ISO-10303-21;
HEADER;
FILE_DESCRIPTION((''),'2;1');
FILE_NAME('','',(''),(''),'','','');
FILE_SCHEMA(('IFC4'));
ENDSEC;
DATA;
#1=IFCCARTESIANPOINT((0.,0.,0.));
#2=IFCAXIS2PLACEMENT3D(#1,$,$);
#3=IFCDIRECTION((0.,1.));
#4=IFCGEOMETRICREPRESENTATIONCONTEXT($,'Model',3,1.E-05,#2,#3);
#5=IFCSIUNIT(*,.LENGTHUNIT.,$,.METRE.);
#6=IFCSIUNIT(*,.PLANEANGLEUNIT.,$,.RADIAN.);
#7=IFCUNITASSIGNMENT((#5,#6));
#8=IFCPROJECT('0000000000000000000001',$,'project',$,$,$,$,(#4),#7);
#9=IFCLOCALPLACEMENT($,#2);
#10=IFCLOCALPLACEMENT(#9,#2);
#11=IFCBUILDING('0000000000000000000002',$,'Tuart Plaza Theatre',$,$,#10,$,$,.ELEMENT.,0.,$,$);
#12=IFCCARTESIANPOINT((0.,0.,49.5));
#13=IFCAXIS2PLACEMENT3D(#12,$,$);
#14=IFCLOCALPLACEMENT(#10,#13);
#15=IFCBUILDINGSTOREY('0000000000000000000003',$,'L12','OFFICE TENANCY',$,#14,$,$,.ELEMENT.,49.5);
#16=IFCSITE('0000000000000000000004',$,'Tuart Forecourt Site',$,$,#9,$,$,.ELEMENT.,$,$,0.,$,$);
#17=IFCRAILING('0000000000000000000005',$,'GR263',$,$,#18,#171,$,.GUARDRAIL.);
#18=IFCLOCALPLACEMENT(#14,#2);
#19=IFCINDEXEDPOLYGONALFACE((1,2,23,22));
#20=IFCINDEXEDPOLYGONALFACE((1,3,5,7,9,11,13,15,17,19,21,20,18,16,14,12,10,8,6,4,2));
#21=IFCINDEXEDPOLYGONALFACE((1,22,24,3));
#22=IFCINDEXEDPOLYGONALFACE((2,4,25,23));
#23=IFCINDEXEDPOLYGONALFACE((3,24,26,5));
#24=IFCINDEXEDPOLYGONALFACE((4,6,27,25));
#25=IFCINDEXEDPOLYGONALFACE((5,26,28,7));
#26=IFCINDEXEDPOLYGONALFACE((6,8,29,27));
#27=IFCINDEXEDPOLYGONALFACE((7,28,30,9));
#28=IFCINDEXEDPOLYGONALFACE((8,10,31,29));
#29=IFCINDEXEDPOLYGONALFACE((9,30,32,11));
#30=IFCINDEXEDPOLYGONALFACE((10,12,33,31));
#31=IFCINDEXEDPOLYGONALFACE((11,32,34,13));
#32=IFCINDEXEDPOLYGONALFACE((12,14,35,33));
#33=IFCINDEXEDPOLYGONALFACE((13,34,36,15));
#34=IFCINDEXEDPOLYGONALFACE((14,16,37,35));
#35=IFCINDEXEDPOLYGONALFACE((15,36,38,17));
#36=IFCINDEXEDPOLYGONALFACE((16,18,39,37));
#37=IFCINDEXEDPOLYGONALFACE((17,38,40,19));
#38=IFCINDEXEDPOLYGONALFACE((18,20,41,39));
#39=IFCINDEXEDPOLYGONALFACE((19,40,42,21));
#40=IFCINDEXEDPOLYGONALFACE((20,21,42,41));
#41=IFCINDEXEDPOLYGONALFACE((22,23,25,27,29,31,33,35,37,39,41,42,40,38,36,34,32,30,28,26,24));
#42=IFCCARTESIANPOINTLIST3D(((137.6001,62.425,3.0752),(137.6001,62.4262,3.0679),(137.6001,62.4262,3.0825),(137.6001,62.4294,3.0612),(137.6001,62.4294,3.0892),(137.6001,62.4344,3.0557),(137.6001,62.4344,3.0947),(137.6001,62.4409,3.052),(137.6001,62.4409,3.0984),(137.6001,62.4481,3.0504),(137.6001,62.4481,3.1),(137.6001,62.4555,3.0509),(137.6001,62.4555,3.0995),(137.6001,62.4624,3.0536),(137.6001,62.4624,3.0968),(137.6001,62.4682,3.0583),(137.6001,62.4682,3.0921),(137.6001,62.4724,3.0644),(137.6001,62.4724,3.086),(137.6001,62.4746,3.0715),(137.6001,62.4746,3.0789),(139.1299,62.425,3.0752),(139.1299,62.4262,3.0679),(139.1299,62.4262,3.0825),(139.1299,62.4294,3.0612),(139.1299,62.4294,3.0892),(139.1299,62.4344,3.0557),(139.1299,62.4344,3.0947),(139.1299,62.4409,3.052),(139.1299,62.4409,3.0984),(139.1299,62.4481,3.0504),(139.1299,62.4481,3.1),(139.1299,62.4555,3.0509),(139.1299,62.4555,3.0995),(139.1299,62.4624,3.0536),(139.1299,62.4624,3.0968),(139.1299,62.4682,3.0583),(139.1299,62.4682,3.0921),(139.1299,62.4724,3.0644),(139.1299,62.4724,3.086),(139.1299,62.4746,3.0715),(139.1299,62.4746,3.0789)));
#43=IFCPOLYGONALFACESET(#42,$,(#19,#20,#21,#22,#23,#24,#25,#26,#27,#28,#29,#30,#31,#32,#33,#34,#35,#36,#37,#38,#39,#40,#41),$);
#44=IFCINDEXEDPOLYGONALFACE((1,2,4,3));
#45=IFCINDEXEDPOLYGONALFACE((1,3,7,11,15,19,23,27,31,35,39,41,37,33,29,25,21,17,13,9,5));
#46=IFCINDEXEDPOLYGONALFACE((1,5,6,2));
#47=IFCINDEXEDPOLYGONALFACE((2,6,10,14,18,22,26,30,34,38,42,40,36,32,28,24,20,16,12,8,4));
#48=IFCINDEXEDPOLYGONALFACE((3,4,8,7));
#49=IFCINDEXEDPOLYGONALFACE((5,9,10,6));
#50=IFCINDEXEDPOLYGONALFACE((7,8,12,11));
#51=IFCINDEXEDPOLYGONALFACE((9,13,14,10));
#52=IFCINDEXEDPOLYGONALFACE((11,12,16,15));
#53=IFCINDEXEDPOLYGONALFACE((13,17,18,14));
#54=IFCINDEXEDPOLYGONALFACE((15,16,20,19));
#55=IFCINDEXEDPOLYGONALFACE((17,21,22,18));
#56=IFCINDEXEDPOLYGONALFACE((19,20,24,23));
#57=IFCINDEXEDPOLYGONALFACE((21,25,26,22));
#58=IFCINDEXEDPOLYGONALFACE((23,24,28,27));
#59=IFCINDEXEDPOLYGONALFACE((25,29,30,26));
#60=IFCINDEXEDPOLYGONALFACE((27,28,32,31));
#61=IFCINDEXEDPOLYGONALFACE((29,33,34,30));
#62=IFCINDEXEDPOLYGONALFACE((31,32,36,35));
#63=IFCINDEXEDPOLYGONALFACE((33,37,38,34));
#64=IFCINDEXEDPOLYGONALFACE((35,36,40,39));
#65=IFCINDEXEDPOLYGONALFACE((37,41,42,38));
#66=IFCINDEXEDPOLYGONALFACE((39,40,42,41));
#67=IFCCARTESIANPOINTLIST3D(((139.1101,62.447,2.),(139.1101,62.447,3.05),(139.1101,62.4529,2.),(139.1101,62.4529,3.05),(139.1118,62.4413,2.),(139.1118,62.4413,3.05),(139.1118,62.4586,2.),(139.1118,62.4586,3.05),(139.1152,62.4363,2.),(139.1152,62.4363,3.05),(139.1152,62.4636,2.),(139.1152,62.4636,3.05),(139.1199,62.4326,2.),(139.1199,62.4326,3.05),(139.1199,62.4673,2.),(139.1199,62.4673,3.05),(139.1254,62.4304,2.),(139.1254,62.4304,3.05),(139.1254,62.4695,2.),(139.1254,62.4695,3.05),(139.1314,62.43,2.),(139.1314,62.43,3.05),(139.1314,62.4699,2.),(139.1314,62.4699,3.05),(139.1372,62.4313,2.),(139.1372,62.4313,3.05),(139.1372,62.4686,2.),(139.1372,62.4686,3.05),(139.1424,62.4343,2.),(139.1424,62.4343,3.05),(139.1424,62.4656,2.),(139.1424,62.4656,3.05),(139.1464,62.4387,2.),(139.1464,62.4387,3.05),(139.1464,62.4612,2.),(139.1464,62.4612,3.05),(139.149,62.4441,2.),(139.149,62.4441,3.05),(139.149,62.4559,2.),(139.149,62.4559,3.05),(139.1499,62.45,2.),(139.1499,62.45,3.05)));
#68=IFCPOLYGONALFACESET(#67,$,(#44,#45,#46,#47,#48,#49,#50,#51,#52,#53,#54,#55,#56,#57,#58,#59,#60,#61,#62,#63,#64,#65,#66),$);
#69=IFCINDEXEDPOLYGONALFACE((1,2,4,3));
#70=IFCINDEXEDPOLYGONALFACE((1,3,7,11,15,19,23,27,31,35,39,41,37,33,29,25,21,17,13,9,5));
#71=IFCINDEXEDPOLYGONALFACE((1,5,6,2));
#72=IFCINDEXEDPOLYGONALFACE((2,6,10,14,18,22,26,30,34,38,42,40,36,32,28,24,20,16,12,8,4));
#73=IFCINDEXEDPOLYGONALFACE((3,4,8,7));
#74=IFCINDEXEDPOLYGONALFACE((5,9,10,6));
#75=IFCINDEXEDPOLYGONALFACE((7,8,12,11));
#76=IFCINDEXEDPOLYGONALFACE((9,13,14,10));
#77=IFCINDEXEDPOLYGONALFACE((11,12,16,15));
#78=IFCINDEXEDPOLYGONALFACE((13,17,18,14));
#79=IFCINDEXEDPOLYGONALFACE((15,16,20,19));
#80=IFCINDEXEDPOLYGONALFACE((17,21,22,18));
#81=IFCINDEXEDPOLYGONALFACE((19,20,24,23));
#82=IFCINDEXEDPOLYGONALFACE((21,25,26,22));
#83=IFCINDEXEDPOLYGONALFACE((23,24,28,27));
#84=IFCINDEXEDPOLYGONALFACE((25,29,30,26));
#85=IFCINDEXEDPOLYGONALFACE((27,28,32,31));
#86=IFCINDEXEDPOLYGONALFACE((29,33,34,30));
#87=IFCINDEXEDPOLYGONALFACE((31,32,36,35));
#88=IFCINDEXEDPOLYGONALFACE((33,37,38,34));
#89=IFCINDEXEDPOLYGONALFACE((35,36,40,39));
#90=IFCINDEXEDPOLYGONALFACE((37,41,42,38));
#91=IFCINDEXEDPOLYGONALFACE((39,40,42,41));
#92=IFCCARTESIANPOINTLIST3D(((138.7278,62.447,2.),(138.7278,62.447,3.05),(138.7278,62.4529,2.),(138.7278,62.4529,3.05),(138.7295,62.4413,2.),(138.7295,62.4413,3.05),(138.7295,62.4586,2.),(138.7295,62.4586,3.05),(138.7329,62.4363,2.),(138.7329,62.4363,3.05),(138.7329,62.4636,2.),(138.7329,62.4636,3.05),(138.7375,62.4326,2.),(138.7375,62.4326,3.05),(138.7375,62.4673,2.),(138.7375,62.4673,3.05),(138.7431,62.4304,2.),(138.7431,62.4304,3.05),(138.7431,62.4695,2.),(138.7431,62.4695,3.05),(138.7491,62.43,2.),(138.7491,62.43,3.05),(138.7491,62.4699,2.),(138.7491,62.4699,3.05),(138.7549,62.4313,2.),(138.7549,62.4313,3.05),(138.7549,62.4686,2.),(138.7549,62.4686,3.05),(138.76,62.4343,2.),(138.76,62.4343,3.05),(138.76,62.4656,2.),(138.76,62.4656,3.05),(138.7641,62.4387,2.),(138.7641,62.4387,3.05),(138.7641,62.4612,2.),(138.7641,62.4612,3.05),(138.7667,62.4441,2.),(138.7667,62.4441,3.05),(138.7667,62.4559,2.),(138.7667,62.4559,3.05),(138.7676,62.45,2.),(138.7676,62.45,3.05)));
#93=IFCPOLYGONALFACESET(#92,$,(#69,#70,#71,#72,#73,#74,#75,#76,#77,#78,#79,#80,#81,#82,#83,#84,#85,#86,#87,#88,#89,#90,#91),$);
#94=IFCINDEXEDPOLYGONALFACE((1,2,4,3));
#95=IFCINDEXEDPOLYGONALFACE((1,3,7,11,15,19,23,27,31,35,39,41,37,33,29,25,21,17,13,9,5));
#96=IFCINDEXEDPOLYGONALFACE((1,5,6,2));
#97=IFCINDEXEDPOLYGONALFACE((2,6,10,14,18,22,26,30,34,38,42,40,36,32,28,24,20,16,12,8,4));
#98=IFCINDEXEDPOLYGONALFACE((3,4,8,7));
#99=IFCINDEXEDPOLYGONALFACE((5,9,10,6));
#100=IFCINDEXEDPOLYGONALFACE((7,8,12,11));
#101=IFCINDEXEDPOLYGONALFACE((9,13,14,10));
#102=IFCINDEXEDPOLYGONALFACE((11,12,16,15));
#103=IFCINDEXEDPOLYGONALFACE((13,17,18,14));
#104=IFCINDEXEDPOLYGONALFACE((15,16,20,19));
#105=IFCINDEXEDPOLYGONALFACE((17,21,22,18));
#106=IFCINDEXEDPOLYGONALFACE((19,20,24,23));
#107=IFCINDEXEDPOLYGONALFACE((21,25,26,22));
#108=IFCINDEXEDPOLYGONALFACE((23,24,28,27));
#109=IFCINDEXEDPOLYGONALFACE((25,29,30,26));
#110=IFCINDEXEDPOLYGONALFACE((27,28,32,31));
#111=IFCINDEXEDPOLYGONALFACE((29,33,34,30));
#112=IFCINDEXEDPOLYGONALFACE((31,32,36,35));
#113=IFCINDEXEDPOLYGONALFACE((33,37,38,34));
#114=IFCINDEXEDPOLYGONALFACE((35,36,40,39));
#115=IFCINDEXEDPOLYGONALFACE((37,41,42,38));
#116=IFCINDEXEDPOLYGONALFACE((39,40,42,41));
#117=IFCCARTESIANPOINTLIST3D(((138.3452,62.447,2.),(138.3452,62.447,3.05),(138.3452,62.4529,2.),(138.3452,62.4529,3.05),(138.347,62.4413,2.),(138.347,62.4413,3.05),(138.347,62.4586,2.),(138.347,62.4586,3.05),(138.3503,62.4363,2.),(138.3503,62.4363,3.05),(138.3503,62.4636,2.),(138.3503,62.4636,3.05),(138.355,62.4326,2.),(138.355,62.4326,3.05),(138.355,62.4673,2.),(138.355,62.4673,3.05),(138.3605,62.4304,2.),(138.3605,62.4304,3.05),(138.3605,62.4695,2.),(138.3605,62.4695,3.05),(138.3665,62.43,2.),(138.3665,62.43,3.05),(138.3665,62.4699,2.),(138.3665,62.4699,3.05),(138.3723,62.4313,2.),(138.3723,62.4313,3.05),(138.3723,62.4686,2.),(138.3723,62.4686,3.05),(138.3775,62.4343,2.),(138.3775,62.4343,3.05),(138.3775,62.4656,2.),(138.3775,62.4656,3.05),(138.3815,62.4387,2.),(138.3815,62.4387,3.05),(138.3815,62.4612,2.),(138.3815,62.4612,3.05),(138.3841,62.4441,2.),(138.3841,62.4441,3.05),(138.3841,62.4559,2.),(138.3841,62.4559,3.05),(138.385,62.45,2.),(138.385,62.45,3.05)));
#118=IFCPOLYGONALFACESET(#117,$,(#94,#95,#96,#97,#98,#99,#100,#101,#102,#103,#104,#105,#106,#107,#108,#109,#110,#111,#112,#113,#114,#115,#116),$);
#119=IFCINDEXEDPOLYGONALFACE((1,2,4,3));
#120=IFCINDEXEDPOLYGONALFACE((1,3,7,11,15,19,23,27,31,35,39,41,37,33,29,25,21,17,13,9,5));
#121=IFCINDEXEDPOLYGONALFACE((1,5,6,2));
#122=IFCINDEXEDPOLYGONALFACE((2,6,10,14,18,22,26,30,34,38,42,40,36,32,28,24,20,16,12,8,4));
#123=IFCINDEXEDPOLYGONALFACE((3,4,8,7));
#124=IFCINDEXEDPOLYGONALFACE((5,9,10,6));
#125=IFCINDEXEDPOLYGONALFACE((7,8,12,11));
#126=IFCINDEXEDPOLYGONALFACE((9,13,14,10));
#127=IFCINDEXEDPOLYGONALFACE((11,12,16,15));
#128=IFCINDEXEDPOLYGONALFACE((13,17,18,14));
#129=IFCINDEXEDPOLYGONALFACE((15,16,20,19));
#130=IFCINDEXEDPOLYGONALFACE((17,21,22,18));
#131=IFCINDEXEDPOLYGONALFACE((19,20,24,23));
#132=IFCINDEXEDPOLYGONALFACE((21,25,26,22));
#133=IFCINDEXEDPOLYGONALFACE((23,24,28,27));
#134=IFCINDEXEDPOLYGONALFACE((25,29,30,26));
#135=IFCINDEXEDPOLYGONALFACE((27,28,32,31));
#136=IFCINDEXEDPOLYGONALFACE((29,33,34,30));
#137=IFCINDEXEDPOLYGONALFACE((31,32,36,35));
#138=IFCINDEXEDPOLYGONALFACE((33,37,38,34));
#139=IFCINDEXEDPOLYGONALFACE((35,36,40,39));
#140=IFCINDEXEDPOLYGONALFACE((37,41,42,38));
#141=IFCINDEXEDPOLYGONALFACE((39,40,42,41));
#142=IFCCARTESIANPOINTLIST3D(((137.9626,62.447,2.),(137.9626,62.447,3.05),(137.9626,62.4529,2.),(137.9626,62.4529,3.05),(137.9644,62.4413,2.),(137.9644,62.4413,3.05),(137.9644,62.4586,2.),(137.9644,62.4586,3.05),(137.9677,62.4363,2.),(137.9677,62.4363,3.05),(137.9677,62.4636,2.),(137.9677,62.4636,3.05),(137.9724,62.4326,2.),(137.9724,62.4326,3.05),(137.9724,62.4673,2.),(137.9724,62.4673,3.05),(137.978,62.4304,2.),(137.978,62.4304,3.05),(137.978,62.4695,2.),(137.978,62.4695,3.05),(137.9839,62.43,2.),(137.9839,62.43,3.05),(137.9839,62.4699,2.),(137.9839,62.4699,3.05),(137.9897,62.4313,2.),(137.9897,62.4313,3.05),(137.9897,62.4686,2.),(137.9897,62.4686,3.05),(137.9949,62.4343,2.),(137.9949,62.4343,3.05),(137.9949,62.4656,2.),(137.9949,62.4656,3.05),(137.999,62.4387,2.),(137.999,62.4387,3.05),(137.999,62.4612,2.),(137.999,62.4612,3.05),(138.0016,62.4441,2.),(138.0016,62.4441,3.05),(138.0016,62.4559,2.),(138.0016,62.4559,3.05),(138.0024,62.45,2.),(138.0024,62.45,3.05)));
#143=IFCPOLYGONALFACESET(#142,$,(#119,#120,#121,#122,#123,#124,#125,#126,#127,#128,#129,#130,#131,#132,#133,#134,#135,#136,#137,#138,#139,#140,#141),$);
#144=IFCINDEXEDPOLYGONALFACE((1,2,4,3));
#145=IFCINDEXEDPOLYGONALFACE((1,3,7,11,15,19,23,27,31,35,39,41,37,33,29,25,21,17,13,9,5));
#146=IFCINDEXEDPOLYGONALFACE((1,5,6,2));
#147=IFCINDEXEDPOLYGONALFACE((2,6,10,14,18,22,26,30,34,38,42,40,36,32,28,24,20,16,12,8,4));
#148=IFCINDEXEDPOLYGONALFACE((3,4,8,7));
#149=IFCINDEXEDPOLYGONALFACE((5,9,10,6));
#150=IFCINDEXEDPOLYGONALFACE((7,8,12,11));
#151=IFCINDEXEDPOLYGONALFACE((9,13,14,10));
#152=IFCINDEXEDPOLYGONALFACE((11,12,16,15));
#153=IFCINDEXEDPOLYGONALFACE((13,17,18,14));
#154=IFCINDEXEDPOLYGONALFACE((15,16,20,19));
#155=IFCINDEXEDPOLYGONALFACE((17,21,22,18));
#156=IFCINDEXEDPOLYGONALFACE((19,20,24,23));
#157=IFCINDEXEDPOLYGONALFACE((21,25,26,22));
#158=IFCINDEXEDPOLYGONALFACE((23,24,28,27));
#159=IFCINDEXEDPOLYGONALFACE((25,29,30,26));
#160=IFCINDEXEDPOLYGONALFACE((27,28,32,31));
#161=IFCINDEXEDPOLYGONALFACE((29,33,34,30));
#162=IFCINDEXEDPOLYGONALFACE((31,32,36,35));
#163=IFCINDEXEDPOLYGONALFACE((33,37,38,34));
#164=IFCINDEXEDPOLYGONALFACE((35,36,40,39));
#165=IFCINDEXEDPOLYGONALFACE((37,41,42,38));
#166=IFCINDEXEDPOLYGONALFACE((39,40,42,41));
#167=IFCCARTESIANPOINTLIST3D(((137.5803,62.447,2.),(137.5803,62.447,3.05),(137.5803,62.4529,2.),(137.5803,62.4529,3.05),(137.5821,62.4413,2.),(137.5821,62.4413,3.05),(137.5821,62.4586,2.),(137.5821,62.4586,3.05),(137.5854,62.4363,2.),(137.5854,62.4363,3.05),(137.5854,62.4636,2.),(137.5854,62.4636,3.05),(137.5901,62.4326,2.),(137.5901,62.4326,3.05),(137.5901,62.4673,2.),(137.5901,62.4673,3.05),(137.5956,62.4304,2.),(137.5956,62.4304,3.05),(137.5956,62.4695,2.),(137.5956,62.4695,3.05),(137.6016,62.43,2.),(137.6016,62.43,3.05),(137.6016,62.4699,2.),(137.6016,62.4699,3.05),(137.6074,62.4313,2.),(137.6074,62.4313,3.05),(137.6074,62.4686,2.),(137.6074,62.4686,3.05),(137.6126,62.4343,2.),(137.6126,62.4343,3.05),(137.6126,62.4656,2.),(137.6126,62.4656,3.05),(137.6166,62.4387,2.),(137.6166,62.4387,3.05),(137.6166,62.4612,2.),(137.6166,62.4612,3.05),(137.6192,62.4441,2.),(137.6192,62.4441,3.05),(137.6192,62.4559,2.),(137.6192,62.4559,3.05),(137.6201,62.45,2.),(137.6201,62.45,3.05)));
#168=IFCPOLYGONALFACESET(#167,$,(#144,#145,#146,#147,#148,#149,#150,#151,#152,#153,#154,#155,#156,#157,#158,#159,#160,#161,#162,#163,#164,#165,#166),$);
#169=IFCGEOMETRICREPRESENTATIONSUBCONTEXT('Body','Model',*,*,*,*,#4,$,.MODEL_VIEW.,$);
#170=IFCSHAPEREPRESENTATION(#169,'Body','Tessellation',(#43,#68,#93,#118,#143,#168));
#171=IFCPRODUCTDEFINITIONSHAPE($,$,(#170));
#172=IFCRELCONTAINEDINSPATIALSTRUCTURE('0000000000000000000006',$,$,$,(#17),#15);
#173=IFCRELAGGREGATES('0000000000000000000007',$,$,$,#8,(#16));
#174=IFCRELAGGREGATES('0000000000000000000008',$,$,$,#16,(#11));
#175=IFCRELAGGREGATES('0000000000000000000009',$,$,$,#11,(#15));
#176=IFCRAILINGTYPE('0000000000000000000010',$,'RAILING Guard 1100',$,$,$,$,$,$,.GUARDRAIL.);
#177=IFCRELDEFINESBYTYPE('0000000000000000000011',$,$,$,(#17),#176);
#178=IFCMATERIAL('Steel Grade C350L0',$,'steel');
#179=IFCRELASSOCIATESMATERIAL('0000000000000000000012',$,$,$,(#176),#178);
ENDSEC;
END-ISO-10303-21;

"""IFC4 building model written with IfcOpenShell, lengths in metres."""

from ifc_helpers import new_model, si_unit, direction, frame, origin, origin_2d, place, context, subcontext, project, spatial, circle, extrude, material, type_object, element, save


model = new_model("IFC4")

# Units and contexts
model_context = context("Model", 3, precision=1e-05, world=origin(), true_north=direction((0.0, 1.0)))
body_context = subcontext(model_context, "Body", "Model", "MODEL_VIEW")
ifc_project = project(units=[si_unit("LENGTHUNIT", "METRE"), si_unit("PLANEANGLEUNIT", "RADIAN")], contexts=[model_context])

# Site, building, storey
site_placement = place(None, origin())
site = spatial("IfcSite", under=ifc_project, at=site_placement, Name="Tuart Forecourt Site", CompositionType="ELEMENT", RefElevation=0.0)
building_placement = place(site_placement, origin())
building = spatial("IfcBuilding", under=site, at=building_placement, Name="Tuart Plaza Theatre", CompositionType="ELEMENT", ElevationOfRefHeight=0.0)
storey_placement = place(building_placement, frame((0.0, 0.0, 49.5)))
storey = spatial("IfcBuildingStorey", under=building, at=storey_placement, Name="L12", Description="OFFICE TENANCY", CompositionType="ELEMENT", Elevation=49.5)

# Railing
ifc_material_1 = material(Name="Steel Grade C350L0", Category="steel")
railing_type = type_object("IfcRailingType", Name="RAILING Guard 1100", PredefinedType="GUARDRAIL", material=ifc_material_1)
railing_1_placement = place(storey_placement, frame((139.1299, 62.45, 2.0)))
element("IfcRailing", 1, at=railing_1_placement, inside=storey, type_object=railing_type, Name="GR263", PredefinedType="GUARDRAIL", context=body_context, shape_type="SweptSolid", body=[
    extrude(circle(Radius=0.0249, at=origin_2d()), frame((0.0, 0.0, 1.0752), z_axis=(-1.0, 0.0, 0.0), x_axis=(0.0, -1.0, 0.0)), (0.0, 0.0, 1.0), 1.5298),
    extrude(circle(Radius=0.02, at=origin_2d()), origin(), (0.0, 0.0, 1.0), 1.05),
    extrude(circle(Radius=0.02, at=origin_2d()), frame((-0.3823, 0.0, 0.0)), (0.0, 0.0, 1.0), 1.05),
    extrude(circle(Radius=0.02, at=origin_2d()), frame((-0.7649, 0.0, 0.0)), (0.0, 0.0, 1.0), 1.05),
    extrude(circle(Radius=0.02, at=origin_2d()), frame((-1.1475, 0.0, 0.0)), (0.0, 0.0, 1.0), 1.05),
    extrude(circle(Radius=0.02, at=origin_2d()), frame((-1.5298, 0.0, 0.0)), (0.0, 0.0, 1.0), 1.05),
])

save(model, "model.ifc")
